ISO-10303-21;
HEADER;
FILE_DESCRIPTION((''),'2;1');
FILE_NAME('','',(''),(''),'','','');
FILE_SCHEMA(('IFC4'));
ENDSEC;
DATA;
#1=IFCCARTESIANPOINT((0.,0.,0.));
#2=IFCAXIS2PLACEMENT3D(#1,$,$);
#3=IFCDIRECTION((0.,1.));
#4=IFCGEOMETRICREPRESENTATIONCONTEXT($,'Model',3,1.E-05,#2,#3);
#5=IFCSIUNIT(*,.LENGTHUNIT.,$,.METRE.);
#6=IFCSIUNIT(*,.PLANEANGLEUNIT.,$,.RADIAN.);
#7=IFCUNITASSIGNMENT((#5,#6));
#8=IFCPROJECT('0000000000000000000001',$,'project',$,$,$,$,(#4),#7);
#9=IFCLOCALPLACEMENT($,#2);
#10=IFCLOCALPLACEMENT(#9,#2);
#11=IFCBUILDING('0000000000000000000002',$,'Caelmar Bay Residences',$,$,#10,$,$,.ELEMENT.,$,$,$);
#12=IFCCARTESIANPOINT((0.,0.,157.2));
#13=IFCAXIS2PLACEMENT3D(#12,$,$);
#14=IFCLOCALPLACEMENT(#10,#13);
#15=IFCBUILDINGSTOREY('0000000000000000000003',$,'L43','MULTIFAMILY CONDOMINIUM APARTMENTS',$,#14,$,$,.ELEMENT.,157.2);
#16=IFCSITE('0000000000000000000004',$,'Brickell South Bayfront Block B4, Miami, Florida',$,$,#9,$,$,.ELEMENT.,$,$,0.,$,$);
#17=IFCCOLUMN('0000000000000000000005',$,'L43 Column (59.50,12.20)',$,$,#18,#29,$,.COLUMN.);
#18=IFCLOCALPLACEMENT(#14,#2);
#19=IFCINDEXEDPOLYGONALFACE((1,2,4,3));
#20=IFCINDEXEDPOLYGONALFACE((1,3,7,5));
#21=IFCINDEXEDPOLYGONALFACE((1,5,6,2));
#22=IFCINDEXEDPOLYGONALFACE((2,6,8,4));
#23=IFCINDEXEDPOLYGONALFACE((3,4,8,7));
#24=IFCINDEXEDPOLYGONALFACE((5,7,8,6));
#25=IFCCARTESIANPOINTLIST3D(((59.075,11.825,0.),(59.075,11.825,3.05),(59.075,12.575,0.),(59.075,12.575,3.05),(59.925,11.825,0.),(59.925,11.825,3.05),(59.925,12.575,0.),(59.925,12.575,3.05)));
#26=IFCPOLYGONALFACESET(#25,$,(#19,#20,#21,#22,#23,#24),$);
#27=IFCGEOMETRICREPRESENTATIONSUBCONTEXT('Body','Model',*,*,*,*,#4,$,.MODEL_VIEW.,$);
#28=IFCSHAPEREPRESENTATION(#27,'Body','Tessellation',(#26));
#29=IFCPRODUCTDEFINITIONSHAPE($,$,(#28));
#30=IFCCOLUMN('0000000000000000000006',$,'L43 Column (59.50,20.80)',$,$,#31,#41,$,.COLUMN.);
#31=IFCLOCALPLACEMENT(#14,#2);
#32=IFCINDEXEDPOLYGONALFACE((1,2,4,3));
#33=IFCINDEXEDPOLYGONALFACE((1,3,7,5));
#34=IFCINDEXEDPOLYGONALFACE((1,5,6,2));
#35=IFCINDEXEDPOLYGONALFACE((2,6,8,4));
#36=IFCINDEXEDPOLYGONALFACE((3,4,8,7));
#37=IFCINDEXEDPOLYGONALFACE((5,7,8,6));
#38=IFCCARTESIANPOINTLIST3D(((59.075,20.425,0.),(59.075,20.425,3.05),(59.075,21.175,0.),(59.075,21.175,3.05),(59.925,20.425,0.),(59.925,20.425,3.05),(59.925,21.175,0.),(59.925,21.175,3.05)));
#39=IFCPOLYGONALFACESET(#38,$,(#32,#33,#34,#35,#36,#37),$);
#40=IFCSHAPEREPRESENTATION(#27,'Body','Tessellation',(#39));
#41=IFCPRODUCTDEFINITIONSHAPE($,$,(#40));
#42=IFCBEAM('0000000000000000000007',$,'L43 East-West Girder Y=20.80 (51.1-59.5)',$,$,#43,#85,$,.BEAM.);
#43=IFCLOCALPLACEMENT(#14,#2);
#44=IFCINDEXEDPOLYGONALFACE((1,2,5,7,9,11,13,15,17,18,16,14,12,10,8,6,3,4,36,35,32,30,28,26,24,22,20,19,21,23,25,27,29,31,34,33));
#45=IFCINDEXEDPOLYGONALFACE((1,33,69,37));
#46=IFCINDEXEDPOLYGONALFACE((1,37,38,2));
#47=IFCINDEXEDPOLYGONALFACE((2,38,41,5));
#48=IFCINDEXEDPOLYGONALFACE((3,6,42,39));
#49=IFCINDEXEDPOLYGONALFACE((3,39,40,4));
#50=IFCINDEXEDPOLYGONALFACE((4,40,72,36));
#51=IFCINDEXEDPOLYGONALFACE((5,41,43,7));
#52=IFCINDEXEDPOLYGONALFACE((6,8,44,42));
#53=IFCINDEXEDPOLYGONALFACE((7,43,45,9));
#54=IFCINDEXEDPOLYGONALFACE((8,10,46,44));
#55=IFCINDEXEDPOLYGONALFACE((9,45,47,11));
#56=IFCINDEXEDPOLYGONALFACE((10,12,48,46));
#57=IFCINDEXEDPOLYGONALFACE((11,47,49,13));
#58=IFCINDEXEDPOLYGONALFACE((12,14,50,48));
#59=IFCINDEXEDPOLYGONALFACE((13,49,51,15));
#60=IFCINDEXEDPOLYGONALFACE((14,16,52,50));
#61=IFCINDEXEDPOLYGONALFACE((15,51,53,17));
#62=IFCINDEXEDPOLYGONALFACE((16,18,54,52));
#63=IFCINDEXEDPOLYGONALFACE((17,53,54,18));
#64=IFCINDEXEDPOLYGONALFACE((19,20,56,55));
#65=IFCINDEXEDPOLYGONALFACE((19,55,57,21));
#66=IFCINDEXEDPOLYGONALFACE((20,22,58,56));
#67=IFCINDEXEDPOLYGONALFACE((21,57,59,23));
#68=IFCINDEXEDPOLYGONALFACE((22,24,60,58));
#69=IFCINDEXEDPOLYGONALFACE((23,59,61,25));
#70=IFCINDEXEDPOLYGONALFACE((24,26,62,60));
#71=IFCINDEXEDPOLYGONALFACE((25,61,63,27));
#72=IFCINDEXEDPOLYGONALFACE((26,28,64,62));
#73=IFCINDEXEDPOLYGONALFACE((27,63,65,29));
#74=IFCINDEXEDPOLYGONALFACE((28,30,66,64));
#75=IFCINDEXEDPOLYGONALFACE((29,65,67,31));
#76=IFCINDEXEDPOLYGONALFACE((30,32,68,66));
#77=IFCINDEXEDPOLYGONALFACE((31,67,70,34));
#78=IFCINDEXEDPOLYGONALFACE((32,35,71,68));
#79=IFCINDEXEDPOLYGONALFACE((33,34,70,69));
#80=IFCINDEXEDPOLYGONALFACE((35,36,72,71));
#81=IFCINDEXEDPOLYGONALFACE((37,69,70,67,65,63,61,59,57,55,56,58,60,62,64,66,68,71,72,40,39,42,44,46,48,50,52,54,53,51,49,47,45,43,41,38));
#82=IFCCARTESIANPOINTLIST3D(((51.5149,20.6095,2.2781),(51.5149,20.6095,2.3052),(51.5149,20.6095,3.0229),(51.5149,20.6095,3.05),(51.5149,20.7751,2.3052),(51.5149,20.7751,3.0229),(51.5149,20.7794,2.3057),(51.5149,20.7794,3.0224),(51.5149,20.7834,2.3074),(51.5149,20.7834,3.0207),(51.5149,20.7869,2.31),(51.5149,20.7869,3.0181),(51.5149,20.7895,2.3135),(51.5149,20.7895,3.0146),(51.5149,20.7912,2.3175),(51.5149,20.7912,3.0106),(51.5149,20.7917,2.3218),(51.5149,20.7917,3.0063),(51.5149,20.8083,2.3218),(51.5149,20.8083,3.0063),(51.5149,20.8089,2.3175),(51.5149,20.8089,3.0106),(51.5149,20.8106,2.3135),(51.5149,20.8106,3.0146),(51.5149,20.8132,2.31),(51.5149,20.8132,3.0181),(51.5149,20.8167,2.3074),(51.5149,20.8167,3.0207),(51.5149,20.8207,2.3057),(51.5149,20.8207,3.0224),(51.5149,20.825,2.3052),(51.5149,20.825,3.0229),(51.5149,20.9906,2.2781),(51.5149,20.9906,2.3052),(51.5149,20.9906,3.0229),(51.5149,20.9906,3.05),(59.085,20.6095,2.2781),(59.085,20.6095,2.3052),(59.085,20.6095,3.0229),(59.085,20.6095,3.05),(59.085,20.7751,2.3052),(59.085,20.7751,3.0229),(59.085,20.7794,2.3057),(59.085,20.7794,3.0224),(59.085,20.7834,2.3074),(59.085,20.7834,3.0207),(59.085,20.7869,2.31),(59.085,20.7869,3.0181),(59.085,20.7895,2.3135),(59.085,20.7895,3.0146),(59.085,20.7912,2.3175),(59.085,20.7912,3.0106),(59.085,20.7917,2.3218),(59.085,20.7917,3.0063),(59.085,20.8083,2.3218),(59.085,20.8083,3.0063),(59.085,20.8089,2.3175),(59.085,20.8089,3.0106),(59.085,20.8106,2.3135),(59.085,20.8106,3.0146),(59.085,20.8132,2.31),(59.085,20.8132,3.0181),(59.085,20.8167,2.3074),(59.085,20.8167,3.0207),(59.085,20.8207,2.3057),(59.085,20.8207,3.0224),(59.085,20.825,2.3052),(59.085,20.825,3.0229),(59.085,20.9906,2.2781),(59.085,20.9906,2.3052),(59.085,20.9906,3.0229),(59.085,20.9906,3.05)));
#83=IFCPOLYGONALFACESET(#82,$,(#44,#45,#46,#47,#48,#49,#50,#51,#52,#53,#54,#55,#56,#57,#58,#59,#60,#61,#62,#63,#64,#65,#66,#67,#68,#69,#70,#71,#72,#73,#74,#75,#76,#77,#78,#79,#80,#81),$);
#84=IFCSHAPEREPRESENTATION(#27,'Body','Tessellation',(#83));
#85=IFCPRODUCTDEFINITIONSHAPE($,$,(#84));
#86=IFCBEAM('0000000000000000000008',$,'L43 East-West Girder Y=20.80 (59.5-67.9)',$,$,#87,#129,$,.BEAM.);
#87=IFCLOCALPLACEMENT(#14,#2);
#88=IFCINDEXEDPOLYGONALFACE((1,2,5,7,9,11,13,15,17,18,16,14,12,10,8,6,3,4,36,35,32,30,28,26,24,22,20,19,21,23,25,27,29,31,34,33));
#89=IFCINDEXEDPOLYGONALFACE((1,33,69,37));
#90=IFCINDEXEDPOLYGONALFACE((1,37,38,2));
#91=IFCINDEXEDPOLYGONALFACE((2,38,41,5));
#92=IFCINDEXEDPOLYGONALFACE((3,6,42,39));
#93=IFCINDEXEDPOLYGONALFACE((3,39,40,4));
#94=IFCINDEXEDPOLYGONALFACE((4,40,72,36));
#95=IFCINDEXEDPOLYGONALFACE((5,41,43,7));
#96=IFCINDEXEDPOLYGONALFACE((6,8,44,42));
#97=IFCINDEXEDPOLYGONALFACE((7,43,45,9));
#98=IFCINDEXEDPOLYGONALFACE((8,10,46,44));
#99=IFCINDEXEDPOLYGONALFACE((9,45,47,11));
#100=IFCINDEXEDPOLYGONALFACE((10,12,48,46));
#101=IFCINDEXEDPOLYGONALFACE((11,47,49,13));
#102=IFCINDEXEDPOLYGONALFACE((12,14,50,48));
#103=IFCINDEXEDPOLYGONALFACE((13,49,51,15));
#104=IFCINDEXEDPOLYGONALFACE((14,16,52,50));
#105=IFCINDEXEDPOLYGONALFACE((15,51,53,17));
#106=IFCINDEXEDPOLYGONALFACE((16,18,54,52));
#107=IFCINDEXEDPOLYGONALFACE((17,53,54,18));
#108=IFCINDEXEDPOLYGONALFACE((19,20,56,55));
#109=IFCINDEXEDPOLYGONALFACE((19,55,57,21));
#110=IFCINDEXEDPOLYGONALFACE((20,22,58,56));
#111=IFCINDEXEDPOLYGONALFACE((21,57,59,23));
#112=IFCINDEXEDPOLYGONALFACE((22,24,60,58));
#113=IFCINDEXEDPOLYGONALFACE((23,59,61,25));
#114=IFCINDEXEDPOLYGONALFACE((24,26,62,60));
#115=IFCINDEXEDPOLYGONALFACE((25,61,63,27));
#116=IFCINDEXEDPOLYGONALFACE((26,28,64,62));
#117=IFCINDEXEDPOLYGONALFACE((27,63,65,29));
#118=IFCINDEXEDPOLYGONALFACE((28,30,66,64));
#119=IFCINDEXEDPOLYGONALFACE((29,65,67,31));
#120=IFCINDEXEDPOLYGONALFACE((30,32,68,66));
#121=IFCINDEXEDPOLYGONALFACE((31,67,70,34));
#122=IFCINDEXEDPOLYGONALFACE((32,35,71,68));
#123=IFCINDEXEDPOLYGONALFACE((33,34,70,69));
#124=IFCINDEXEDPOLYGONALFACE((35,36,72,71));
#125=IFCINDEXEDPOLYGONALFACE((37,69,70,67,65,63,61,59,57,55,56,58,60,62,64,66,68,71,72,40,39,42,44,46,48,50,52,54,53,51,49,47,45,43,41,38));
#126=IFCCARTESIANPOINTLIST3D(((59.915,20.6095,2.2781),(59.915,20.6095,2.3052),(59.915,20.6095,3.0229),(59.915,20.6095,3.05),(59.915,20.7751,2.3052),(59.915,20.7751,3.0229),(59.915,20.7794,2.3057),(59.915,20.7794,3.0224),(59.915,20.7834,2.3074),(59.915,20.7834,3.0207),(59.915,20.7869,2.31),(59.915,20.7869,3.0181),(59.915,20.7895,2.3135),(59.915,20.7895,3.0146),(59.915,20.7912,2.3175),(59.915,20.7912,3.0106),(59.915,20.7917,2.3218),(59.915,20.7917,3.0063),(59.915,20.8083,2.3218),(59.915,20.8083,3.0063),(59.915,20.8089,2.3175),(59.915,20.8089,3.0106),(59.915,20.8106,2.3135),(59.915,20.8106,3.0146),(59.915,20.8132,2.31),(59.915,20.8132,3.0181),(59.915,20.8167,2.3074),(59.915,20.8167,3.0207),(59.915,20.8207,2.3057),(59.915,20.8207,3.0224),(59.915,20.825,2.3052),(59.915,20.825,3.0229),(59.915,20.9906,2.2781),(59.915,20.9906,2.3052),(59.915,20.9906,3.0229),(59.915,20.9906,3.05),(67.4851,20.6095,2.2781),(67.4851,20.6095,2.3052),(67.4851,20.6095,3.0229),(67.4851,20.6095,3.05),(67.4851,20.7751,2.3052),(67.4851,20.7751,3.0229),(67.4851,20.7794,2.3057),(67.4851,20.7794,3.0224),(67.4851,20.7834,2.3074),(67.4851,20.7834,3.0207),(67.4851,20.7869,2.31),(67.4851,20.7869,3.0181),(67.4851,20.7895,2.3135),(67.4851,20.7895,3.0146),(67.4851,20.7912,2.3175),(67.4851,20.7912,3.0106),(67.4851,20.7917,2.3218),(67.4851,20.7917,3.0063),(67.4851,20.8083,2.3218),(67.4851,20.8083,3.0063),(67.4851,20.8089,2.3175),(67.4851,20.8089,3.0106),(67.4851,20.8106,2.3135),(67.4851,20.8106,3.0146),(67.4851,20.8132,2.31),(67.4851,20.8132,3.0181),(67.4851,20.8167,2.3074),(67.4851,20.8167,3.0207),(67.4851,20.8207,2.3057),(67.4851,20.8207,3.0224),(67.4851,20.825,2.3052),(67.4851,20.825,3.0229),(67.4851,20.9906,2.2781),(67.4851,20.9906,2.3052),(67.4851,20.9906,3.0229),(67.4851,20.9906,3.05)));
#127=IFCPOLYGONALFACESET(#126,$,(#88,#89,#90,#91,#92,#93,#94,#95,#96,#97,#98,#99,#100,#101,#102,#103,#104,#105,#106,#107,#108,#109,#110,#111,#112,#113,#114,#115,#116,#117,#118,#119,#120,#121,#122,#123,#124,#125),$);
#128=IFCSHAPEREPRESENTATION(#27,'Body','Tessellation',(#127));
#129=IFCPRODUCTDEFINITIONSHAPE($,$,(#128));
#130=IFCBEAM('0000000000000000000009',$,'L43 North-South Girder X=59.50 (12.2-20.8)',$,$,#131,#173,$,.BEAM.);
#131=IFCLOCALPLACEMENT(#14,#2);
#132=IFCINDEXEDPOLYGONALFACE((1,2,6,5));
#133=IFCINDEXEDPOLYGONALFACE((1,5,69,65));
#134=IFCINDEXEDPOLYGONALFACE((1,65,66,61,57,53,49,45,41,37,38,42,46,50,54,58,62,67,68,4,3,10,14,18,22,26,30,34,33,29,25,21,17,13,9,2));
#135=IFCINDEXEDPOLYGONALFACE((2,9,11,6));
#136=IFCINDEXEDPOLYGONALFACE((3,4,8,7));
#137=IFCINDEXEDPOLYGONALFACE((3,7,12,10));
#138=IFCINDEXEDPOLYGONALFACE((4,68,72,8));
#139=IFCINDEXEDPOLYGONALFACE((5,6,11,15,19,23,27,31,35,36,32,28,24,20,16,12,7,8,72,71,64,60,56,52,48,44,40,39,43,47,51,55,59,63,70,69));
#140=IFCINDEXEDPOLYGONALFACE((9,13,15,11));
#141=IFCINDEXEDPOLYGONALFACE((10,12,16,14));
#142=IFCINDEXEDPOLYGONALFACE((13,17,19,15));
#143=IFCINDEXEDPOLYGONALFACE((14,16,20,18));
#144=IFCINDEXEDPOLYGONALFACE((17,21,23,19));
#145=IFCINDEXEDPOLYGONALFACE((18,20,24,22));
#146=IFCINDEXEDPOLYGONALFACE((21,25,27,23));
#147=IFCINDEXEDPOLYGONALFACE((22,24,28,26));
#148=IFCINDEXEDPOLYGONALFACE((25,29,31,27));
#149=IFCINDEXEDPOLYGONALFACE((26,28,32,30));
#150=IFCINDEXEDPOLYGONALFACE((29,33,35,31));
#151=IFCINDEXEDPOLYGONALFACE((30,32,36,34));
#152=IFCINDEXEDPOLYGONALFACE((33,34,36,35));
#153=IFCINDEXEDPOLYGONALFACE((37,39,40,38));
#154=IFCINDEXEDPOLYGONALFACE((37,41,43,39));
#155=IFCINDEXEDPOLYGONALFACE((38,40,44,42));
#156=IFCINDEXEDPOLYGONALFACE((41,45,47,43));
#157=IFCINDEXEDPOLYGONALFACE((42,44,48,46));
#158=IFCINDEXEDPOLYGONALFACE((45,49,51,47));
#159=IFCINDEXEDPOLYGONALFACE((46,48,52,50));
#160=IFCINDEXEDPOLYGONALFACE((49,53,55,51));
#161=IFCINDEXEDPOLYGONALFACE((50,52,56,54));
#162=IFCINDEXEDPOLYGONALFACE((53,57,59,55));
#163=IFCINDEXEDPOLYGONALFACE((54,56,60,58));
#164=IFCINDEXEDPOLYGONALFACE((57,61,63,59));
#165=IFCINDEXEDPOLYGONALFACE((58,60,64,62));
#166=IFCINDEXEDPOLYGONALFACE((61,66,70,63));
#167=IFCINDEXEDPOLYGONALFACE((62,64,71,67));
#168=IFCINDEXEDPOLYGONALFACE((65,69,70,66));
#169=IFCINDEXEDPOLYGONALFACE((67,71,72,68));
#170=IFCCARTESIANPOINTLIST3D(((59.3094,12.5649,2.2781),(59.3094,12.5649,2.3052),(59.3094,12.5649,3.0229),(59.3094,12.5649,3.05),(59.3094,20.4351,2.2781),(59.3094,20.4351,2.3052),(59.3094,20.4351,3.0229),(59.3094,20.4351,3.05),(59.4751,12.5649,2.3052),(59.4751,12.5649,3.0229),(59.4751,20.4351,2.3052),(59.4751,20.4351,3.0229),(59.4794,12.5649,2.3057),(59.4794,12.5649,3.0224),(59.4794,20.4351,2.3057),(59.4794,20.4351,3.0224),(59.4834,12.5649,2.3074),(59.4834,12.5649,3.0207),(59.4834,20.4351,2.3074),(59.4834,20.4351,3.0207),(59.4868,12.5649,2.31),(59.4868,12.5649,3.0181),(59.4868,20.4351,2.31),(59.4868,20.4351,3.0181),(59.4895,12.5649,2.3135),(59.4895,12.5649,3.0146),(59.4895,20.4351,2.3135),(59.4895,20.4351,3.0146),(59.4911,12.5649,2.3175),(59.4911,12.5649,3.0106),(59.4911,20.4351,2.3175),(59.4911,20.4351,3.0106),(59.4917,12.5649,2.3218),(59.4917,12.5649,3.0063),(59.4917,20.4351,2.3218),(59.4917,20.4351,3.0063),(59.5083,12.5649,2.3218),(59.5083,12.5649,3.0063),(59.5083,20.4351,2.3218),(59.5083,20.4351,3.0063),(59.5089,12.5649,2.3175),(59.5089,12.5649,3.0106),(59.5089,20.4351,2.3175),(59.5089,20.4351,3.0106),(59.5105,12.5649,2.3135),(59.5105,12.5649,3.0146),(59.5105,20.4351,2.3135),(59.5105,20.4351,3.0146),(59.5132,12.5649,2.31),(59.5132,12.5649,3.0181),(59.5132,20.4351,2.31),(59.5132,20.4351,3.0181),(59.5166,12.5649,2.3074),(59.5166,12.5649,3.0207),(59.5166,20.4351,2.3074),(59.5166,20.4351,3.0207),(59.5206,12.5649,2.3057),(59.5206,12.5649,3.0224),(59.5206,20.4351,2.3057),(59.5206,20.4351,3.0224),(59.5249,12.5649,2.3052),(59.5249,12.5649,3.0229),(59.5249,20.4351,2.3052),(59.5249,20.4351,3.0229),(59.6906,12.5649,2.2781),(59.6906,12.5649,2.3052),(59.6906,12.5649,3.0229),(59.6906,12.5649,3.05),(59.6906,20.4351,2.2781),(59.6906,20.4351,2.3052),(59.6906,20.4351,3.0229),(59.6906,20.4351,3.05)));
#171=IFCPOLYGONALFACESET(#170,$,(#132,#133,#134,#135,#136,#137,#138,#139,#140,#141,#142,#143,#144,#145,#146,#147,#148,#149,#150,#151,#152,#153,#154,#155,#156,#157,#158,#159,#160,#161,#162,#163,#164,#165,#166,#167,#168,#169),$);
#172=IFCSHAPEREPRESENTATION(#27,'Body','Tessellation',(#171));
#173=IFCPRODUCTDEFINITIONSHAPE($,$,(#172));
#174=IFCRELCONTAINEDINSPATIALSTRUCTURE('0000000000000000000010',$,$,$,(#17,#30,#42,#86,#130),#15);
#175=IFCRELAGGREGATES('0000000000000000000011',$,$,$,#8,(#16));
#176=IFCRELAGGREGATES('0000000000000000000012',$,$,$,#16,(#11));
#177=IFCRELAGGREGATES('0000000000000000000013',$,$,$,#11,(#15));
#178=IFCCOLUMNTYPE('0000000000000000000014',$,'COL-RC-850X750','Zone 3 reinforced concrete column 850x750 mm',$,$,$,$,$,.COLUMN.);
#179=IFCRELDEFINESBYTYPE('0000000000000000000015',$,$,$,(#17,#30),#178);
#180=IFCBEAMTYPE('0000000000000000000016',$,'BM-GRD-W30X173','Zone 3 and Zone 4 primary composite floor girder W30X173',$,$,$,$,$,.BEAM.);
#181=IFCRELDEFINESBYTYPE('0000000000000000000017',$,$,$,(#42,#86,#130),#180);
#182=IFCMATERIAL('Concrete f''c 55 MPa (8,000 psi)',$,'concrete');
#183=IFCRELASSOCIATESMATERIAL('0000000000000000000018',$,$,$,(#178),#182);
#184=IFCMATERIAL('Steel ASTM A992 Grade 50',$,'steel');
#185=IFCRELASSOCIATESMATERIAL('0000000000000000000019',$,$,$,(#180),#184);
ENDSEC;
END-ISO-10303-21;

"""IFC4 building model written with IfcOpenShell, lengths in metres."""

from ifc_helpers import new_model, si_unit, direction, frame, origin, origin_2d, place, context, subcontext, project, spatial, rectangle, i_section, extrude, material, material_profile, profile_set, type_object, element, save


model = new_model("IFC4")

# Units and contexts
model_context = context("Model", 3, precision=1e-05, world=origin(), true_north=direction((0.0, 1.0)))
body_context = subcontext(model_context, "Body", "Model", "MODEL_VIEW")
ifc_project = project(units=[si_unit("LENGTHUNIT", "METRE"), si_unit("PLANEANGLEUNIT", "RADIAN")], contexts=[model_context])

# Site, building, storey
site_placement = place(None, origin())
site = spatial("IfcSite", under=ifc_project, at=site_placement, Name="Brickell South Bayfront Block B4, Miami, Florida", CompositionType="ELEMENT", RefElevation=0.0)
building_placement = place(site_placement, origin())
building = spatial("IfcBuilding", under=site, at=building_placement, Name="Caelmar Bay Residences", CompositionType="ELEMENT")
storey_placement = place(building_placement, frame((0.0, 0.0, 157.2)))
storey = spatial("IfcBuildingStorey", under=building, at=storey_placement, Name="L43", Description="MULTIFAMILY CONDOMINIUM APARTMENTS", CompositionType="ELEMENT", Elevation=157.2)

# Columns
ifc_material_1 = material(Name="Concrete f'c 55 MPa (8,000 psi)", Category="concrete")
ifc_material_profile_1 = material_profile(ifc_material_1, rectangle(XDim=0.8501, YDim=0.75, at=origin_2d()), Name="RC-COL-850X750")
ifc_profile_set_1 = profile_set([ifc_material_profile_1], Name="Concrete f'c 55 MPa (8,000 psi)")
column_type = type_object("IfcColumnType", Name="COL-RC-850X750", Description="Zone 3 reinforced concrete column 850x750 mm", PredefinedType="COLUMN", material=ifc_profile_set_1)
for number, where, z_axis, x_axis, name in (
    (1, (59.5, 12.2, 0.0), (0.0, 0.0, 1.0), (1.0, 0.0, 0.0), "L43 Column (59.50,12.20)"),
    (2, (59.5, 20.8, 0.0), (0.0, 0.0, 1.0), (1.0, 0.0, 0.0), "L43 Column (59.50,20.80)"),
):
    element("IfcColumn", number, at=place(storey_placement, frame(where, z_axis=z_axis, x_axis=x_axis)), inside=storey, type_object=column_type, Name=name, PredefinedType="COLUMN", context=body_context, shape_type="SweptSolid", body=[
        extrude(rectangle(XDim=0.8501, YDim=0.75, at=origin_2d()), origin(), (0.0, 0.0, 1.0), 3.05),
    ])

# Beams
ifc_material_2 = material(Name="Steel ASTM A992 Grade 50", Category="steel")
ifc_material_profile_2 = material_profile(ifc_material_2, i_section(OverallWidth=0.3811, OverallDepth=0.772, WebThickness=0.0166, FlangeThickness=0.0271, FilletRadius=0.0166, at=origin_2d()), Name="W30X173")
ifc_profile_set_2 = profile_set([ifc_material_profile_2], Name="Steel ASTM A992 Grade 50")
beam_type_1 = type_object("IfcBeamType", Name="BM-GRD-W30X173", Description="Zone 3 and Zone 4 primary composite floor girder W30X173", PredefinedType="BEAM", material=ifc_profile_set_2)
for number, where, z_axis, x_axis, name in (
    (3, (51.5149, 20.8, 2.6641), (1.0, 0.0, 0.0), (0.0, 1.0, 0.0), "L43 East-West Girder Y=20.80 (51.1-59.5)"),
    (4, (59.915, 20.8, 2.6641), (1.0, 0.0, 0.0), (0.0, 1.0, 0.0), "L43 East-West Girder Y=20.80 (59.5-67.9)"),
):
    element("IfcBeam", number, at=place(storey_placement, frame(where, z_axis=z_axis, x_axis=x_axis)), inside=storey, type_object=beam_type_1, Name=name, PredefinedType="BEAM", context=body_context, shape_type="SweptSolid", body=[
        extrude(i_section(OverallWidth=0.3811, OverallDepth=0.772, WebThickness=0.0166, FlangeThickness=0.0271, FilletRadius=0.0166, at=origin_2d()), origin(), (0.0, 0.0, 1.0), 7.5701),
    ])
beam_1_placement = place(storey_placement, frame((59.5, 12.5649, 2.6641), z_axis=(0.0, 1.0, 0.0), x_axis=(-1.0, 0.0, 0.0)))
element("IfcBeam", 5, at=beam_1_placement, inside=storey, type_object=beam_type_1, Name="L43 North-South Girder X=59.50 (12.2-20.8)", PredefinedType="BEAM", context=body_context, shape_type="SweptSolid", body=[
    extrude(i_section(OverallWidth=0.3811, OverallDepth=0.772, WebThickness=0.0166, FlangeThickness=0.0271, FilletRadius=0.0166, at=origin_2d()), origin(), (0.0, 0.0, 1.0), 7.8701),
])

save(model, "model.ifc")
